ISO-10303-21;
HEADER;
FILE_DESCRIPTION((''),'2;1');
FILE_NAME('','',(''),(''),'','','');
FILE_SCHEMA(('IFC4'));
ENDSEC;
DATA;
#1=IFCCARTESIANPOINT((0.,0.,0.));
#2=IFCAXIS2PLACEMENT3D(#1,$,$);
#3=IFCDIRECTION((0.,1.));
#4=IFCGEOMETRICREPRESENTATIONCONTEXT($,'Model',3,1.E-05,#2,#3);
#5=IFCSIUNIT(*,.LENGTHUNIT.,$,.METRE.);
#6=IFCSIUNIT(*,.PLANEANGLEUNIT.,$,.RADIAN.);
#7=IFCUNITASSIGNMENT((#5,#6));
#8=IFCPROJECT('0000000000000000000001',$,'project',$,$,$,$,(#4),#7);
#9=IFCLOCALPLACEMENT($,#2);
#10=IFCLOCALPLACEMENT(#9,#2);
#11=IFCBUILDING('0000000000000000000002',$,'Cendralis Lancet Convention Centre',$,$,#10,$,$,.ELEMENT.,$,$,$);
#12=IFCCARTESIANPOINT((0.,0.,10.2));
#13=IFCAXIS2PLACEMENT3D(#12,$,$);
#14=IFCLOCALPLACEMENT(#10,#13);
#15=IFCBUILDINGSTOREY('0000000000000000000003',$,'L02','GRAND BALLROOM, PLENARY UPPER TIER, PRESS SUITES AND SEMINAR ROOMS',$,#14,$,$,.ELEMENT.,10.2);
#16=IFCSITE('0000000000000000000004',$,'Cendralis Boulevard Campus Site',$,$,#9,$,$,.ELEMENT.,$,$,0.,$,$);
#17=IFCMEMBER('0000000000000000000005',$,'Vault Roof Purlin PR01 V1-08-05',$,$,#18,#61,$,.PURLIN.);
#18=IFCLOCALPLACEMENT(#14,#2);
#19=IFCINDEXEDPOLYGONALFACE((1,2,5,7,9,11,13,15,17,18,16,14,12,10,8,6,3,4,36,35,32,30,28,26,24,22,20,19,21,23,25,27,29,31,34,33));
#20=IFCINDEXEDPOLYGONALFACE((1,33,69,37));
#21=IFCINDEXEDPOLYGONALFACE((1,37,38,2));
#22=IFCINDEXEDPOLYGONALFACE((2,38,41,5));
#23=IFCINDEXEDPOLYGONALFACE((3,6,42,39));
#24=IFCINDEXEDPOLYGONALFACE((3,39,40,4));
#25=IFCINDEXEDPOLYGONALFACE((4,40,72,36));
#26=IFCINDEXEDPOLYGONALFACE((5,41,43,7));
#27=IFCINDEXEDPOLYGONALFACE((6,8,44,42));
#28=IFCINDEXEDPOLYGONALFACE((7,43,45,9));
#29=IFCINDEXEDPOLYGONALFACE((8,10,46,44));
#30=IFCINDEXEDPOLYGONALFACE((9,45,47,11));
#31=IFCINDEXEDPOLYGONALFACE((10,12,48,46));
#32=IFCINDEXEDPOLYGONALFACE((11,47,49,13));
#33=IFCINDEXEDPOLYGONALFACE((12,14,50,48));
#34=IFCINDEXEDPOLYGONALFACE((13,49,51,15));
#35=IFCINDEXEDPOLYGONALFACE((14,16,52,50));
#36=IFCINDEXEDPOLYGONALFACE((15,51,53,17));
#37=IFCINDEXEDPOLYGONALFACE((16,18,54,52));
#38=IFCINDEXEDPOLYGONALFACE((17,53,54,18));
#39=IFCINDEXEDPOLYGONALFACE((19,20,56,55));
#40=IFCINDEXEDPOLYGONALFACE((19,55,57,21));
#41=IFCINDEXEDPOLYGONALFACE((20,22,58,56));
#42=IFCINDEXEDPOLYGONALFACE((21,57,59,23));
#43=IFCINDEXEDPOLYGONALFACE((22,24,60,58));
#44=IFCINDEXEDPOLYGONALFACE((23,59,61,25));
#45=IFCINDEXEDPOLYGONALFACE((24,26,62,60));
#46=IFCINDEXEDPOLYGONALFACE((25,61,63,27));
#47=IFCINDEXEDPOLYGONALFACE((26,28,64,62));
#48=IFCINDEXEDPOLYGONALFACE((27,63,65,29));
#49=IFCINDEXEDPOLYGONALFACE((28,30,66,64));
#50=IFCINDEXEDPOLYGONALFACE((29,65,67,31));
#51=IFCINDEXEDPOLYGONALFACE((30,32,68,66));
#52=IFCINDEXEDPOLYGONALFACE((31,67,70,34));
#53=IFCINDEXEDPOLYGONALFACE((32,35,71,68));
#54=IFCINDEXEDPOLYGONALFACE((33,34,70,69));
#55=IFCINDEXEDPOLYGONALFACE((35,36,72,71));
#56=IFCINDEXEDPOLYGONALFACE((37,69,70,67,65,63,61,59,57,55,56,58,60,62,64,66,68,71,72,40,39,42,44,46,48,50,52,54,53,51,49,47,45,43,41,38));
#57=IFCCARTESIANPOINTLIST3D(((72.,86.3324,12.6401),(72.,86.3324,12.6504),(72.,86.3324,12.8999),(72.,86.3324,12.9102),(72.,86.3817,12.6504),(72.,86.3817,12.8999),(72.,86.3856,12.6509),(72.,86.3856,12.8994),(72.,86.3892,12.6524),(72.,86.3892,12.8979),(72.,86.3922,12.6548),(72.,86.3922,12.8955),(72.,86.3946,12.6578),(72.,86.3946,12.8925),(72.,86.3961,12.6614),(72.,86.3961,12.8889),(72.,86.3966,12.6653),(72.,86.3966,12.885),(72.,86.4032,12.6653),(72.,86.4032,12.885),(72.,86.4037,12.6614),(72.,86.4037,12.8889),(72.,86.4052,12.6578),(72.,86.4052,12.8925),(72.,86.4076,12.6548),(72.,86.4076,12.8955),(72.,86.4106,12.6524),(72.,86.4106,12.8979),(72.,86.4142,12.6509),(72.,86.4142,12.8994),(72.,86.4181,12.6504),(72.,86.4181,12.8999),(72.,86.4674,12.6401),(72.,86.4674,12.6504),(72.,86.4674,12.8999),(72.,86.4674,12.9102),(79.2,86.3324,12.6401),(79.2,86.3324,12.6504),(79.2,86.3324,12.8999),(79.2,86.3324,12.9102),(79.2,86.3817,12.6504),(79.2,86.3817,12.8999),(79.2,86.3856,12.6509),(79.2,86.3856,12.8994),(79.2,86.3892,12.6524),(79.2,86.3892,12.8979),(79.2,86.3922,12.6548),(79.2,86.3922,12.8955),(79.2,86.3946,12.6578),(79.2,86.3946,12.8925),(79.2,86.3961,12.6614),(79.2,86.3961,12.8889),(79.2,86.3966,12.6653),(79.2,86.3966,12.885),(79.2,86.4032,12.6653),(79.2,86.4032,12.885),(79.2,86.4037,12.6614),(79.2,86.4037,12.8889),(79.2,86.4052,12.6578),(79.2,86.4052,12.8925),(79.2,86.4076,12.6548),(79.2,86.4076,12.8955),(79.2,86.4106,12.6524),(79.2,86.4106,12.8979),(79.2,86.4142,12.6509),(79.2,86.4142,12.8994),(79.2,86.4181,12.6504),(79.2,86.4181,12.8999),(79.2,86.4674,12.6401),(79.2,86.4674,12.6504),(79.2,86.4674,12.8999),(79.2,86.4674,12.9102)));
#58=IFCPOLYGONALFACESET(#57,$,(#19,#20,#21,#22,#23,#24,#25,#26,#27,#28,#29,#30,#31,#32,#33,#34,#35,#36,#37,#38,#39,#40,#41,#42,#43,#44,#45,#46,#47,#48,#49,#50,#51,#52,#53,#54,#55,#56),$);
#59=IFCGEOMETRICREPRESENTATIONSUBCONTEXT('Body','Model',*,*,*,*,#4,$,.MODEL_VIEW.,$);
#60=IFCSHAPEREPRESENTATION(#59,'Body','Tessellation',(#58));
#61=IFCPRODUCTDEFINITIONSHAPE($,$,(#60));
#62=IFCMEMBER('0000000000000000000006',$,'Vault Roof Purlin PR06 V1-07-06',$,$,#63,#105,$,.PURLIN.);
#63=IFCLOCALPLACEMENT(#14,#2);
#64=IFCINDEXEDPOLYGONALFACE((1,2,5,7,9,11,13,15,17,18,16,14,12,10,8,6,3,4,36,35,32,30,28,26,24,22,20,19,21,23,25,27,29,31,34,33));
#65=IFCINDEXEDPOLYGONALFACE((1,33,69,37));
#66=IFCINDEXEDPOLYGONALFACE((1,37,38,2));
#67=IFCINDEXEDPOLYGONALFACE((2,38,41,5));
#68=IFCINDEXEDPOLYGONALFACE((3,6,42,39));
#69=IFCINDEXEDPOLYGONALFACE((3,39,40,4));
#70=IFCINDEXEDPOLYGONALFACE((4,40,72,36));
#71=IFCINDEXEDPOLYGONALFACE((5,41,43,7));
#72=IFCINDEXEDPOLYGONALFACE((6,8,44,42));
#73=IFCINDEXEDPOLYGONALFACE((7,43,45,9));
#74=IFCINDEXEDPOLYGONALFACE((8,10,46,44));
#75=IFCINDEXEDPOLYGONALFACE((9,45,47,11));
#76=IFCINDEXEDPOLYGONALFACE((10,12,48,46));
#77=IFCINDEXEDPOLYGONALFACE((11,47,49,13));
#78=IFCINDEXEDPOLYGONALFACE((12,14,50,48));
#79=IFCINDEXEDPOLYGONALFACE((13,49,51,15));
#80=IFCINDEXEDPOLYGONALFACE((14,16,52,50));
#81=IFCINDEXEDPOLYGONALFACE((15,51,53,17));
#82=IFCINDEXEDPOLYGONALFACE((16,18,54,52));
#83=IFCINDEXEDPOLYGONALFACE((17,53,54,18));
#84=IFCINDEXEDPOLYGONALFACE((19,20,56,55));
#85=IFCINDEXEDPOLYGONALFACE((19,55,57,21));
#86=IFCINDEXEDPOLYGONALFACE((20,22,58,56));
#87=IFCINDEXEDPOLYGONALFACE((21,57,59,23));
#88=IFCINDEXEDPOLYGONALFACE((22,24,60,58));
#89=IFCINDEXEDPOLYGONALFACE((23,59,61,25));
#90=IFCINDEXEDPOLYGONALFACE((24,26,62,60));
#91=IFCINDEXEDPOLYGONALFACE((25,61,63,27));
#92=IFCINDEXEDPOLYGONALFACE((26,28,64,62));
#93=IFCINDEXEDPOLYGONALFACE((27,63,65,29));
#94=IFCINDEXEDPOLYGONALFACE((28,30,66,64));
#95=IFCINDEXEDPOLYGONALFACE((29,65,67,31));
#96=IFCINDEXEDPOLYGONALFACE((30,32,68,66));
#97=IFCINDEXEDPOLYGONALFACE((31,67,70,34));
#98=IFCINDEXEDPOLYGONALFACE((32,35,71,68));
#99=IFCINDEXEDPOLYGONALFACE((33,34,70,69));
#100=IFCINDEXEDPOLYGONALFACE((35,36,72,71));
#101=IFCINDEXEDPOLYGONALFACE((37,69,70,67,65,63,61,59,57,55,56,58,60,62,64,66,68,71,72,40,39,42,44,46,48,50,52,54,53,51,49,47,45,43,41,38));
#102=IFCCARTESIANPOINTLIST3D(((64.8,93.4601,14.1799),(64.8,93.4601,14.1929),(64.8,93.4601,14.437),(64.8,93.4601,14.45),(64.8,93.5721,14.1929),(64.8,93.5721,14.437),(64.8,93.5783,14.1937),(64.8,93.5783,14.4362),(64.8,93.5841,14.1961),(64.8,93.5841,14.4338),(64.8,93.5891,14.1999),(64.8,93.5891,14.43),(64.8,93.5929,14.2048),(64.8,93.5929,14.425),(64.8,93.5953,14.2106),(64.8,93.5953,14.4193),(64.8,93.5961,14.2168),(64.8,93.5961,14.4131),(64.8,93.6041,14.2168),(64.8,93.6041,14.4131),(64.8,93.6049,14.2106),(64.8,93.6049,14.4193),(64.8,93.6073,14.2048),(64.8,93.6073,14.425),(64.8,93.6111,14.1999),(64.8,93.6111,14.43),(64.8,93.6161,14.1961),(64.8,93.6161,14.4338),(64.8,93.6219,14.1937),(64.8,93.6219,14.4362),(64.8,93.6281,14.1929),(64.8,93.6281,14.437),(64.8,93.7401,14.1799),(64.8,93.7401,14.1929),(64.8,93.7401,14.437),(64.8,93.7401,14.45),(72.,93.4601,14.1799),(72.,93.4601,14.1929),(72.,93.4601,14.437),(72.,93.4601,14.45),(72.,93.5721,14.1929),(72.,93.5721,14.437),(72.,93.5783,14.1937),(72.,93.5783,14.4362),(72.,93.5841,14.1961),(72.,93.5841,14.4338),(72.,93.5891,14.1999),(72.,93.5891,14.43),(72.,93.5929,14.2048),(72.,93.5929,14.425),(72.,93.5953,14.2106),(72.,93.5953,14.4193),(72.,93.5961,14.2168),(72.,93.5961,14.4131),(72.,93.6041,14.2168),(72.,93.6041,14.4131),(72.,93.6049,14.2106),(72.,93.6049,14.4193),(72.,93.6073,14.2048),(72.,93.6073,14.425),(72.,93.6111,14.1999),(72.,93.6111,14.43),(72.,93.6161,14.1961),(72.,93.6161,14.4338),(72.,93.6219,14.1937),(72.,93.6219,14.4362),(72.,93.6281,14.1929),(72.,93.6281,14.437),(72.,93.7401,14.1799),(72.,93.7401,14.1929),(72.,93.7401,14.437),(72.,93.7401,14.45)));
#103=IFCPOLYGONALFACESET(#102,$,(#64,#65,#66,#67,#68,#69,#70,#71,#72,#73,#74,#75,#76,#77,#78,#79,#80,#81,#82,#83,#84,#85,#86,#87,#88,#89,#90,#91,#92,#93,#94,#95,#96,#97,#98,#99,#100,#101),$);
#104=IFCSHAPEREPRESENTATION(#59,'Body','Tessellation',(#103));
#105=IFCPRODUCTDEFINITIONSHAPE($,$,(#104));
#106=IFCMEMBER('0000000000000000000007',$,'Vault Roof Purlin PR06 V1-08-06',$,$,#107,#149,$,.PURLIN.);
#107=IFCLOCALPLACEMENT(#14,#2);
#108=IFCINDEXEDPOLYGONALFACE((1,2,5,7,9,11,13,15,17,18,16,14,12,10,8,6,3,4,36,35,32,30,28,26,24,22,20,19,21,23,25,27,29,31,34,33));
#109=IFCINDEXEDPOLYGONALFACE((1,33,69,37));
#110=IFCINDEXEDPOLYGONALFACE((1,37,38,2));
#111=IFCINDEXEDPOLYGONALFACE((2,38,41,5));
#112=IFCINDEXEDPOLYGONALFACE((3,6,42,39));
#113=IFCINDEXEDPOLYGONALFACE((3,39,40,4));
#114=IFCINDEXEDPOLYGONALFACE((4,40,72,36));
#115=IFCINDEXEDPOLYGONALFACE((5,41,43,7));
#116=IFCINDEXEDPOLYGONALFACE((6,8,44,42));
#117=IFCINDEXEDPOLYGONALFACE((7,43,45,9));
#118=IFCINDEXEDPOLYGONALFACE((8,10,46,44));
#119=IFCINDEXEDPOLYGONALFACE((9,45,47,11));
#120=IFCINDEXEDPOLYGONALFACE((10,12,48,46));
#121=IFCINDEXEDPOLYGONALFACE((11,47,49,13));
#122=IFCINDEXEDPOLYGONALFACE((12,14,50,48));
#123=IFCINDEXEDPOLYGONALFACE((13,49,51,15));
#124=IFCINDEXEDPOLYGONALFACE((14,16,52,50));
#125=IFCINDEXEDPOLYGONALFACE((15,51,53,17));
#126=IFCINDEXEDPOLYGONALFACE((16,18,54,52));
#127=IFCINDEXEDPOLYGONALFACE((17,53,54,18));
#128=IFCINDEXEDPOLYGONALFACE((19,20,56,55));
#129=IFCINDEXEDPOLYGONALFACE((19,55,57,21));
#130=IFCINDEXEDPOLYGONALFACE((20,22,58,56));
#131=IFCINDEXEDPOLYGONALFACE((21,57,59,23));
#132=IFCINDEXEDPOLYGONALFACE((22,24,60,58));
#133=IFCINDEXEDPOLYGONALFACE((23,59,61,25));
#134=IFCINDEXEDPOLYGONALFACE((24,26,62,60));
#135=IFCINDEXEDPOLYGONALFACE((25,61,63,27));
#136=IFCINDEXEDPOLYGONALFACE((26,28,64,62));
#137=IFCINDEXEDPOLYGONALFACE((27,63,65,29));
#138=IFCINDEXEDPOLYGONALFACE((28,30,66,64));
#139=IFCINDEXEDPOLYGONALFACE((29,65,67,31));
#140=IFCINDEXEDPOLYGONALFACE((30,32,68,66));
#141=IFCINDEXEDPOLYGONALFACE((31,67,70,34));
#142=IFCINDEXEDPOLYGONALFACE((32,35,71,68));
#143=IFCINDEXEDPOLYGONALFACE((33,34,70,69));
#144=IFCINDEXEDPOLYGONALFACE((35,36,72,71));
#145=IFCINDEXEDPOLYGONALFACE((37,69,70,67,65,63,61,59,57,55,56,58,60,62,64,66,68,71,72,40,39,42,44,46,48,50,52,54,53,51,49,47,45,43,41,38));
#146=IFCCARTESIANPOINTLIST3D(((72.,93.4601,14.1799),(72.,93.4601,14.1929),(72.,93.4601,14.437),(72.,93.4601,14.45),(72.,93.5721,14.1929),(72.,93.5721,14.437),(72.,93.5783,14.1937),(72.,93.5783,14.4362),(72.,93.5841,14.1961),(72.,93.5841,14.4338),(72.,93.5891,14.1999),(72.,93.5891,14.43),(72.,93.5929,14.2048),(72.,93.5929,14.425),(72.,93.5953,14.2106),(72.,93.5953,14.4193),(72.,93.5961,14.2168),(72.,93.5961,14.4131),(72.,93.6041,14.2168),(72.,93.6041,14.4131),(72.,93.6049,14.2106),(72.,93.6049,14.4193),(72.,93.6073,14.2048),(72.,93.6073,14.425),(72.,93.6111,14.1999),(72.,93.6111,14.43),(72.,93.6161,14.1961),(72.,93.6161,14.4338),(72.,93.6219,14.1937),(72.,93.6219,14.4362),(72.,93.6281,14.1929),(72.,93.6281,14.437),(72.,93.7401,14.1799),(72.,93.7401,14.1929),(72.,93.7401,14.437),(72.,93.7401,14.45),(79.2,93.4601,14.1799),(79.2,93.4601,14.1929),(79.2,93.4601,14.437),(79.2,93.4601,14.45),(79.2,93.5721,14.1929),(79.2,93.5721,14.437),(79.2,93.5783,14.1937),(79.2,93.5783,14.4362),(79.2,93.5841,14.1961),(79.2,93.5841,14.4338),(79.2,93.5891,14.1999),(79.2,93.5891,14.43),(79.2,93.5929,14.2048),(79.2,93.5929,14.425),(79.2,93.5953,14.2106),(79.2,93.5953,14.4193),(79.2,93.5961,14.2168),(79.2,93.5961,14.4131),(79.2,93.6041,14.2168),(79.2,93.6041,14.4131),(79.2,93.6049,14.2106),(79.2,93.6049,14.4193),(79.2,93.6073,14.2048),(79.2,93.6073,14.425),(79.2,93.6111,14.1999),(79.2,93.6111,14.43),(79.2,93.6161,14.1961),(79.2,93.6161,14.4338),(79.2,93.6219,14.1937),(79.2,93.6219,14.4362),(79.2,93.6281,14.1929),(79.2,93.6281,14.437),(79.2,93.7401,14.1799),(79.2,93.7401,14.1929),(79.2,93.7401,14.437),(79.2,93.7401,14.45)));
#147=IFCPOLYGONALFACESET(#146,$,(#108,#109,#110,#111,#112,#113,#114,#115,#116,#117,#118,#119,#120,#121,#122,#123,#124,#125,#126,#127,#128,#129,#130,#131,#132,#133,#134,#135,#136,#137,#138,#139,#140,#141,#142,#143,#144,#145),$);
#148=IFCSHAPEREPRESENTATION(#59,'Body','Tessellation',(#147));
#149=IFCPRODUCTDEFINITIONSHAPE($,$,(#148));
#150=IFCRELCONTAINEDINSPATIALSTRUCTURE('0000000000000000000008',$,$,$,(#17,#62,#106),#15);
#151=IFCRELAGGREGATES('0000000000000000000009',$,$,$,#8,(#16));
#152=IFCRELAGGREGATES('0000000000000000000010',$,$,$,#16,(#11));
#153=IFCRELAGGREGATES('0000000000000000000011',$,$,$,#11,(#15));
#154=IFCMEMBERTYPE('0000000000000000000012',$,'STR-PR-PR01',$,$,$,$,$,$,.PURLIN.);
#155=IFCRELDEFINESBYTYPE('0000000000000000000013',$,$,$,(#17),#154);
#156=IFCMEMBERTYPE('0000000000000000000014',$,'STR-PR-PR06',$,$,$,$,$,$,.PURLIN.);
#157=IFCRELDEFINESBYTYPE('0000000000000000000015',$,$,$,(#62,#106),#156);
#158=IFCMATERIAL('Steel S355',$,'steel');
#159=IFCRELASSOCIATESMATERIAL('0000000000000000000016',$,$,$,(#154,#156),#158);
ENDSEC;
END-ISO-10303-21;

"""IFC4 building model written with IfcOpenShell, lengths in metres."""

from ifc_helpers import new_model, si_unit, direction, frame, origin, origin_2d, place, context, subcontext, project, spatial, i_section, extrude, material, material_profile, profile_set, type_object, element, save


model = new_model("IFC4")

# Units and contexts
model_context = context("Model", 3, precision=1e-05, world=origin(), true_north=direction((0.0, 1.0)))
body_context = subcontext(model_context, "Body", "Model", "MODEL_VIEW")
ifc_project = project(units=[si_unit("LENGTHUNIT", "METRE"), si_unit("PLANEANGLEUNIT", "RADIAN")], contexts=[model_context])

# Site, building, storey
site_placement = place(None, origin())
site = spatial("IfcSite", under=ifc_project, at=site_placement, Name="Cendralis Boulevard Campus Site", CompositionType="ELEMENT", RefElevation=0.0)
building_placement = place(site_placement, origin())
building = spatial("IfcBuilding", under=site, at=building_placement, Name="Cendralis Lancet Convention Centre", CompositionType="ELEMENT")
storey_placement = place(building_placement, frame((0.0, 0.0, 10.2)))
storey = spatial("IfcBuildingStorey", under=building, at=storey_placement, Name="L02", Description="GRAND BALLROOM, PLENARY UPPER TIER, PRESS SUITES AND SEMINAR ROOMS", CompositionType="ELEMENT", Elevation=10.2)

# Members
ifc_material = material(Name="Steel S355", Category="steel")
ifc_material_profile_1 = material_profile(ifc_material, i_section(OverallWidth=0.135, OverallDepth=0.27, WebThickness=0.0066, FlangeThickness=0.0103, FilletRadius=0.0149, at=origin_2d()), Name="IPE 270")
ifc_profile_set_1 = profile_set([ifc_material_profile_1], Name="Steel S355")
member_type_1 = type_object("IfcMemberType", Name="STR-PR-PR01", PredefinedType="PURLIN", material=ifc_profile_set_1)
for number, where, z_axis, x_axis, name in (
    (1, (72.0, 86.3999, 12.7751), (1.0, 0.0, 0.0), (0.0, 1.0, 0.0), "Vault Roof Purlin PR01 V1-08-05"),
):
    element("IfcMember", number, at=place(storey_placement, frame(where, z_axis=z_axis, x_axis=x_axis)), inside=storey, type_object=member_type_1, Name=name, PredefinedType="PURLIN", context=body_context, shape_type="SweptSolid", body=[
        extrude(i_section(OverallWidth=0.135, OverallDepth=0.27, WebThickness=0.0066, FlangeThickness=0.0103, FilletRadius=0.0149, at=origin_2d()), origin(), (0.0, 0.0, 1.0), 7.2),
    ])
ifc_material_profile_2 = material_profile(ifc_material, i_section(OverallWidth=0.28, OverallDepth=0.27, WebThickness=0.0081, FlangeThickness=0.0129, FilletRadius=0.0239, at=origin_2d()), Name="HEA 280")
ifc_profile_set_2 = profile_set([ifc_material_profile_2], Name="Steel S355")
member_type_2 = type_object("IfcMemberType", Name="STR-PR-PR06", PredefinedType="PURLIN", material=ifc_profile_set_2)
for number, where, z_axis, x_axis, name in (
    (2, (64.8, 93.6001, 14.3149), (1.0, 0.0, 0.0), (0.0, 1.0, 0.0), "Vault Roof Purlin PR06 V1-07-06"),
    (3, (72.0, 93.6001, 14.3149), (1.0, 0.0, 0.0), (0.0, 1.0, 0.0), "Vault Roof Purlin PR06 V1-08-06"),
):
    element("IfcMember", number, at=place(storey_placement, frame(where, z_axis=z_axis, x_axis=x_axis)), inside=storey, type_object=member_type_2, Name=name, PredefinedType="PURLIN", context=body_context, shape_type="SweptSolid", body=[
        extrude(i_section(OverallWidth=0.28, OverallDepth=0.27, WebThickness=0.0081, FlangeThickness=0.0129, FilletRadius=0.0239, at=origin_2d()), origin(), (0.0, 0.0, 1.0), 7.2),
    ])

save(model, "model.ifc")
